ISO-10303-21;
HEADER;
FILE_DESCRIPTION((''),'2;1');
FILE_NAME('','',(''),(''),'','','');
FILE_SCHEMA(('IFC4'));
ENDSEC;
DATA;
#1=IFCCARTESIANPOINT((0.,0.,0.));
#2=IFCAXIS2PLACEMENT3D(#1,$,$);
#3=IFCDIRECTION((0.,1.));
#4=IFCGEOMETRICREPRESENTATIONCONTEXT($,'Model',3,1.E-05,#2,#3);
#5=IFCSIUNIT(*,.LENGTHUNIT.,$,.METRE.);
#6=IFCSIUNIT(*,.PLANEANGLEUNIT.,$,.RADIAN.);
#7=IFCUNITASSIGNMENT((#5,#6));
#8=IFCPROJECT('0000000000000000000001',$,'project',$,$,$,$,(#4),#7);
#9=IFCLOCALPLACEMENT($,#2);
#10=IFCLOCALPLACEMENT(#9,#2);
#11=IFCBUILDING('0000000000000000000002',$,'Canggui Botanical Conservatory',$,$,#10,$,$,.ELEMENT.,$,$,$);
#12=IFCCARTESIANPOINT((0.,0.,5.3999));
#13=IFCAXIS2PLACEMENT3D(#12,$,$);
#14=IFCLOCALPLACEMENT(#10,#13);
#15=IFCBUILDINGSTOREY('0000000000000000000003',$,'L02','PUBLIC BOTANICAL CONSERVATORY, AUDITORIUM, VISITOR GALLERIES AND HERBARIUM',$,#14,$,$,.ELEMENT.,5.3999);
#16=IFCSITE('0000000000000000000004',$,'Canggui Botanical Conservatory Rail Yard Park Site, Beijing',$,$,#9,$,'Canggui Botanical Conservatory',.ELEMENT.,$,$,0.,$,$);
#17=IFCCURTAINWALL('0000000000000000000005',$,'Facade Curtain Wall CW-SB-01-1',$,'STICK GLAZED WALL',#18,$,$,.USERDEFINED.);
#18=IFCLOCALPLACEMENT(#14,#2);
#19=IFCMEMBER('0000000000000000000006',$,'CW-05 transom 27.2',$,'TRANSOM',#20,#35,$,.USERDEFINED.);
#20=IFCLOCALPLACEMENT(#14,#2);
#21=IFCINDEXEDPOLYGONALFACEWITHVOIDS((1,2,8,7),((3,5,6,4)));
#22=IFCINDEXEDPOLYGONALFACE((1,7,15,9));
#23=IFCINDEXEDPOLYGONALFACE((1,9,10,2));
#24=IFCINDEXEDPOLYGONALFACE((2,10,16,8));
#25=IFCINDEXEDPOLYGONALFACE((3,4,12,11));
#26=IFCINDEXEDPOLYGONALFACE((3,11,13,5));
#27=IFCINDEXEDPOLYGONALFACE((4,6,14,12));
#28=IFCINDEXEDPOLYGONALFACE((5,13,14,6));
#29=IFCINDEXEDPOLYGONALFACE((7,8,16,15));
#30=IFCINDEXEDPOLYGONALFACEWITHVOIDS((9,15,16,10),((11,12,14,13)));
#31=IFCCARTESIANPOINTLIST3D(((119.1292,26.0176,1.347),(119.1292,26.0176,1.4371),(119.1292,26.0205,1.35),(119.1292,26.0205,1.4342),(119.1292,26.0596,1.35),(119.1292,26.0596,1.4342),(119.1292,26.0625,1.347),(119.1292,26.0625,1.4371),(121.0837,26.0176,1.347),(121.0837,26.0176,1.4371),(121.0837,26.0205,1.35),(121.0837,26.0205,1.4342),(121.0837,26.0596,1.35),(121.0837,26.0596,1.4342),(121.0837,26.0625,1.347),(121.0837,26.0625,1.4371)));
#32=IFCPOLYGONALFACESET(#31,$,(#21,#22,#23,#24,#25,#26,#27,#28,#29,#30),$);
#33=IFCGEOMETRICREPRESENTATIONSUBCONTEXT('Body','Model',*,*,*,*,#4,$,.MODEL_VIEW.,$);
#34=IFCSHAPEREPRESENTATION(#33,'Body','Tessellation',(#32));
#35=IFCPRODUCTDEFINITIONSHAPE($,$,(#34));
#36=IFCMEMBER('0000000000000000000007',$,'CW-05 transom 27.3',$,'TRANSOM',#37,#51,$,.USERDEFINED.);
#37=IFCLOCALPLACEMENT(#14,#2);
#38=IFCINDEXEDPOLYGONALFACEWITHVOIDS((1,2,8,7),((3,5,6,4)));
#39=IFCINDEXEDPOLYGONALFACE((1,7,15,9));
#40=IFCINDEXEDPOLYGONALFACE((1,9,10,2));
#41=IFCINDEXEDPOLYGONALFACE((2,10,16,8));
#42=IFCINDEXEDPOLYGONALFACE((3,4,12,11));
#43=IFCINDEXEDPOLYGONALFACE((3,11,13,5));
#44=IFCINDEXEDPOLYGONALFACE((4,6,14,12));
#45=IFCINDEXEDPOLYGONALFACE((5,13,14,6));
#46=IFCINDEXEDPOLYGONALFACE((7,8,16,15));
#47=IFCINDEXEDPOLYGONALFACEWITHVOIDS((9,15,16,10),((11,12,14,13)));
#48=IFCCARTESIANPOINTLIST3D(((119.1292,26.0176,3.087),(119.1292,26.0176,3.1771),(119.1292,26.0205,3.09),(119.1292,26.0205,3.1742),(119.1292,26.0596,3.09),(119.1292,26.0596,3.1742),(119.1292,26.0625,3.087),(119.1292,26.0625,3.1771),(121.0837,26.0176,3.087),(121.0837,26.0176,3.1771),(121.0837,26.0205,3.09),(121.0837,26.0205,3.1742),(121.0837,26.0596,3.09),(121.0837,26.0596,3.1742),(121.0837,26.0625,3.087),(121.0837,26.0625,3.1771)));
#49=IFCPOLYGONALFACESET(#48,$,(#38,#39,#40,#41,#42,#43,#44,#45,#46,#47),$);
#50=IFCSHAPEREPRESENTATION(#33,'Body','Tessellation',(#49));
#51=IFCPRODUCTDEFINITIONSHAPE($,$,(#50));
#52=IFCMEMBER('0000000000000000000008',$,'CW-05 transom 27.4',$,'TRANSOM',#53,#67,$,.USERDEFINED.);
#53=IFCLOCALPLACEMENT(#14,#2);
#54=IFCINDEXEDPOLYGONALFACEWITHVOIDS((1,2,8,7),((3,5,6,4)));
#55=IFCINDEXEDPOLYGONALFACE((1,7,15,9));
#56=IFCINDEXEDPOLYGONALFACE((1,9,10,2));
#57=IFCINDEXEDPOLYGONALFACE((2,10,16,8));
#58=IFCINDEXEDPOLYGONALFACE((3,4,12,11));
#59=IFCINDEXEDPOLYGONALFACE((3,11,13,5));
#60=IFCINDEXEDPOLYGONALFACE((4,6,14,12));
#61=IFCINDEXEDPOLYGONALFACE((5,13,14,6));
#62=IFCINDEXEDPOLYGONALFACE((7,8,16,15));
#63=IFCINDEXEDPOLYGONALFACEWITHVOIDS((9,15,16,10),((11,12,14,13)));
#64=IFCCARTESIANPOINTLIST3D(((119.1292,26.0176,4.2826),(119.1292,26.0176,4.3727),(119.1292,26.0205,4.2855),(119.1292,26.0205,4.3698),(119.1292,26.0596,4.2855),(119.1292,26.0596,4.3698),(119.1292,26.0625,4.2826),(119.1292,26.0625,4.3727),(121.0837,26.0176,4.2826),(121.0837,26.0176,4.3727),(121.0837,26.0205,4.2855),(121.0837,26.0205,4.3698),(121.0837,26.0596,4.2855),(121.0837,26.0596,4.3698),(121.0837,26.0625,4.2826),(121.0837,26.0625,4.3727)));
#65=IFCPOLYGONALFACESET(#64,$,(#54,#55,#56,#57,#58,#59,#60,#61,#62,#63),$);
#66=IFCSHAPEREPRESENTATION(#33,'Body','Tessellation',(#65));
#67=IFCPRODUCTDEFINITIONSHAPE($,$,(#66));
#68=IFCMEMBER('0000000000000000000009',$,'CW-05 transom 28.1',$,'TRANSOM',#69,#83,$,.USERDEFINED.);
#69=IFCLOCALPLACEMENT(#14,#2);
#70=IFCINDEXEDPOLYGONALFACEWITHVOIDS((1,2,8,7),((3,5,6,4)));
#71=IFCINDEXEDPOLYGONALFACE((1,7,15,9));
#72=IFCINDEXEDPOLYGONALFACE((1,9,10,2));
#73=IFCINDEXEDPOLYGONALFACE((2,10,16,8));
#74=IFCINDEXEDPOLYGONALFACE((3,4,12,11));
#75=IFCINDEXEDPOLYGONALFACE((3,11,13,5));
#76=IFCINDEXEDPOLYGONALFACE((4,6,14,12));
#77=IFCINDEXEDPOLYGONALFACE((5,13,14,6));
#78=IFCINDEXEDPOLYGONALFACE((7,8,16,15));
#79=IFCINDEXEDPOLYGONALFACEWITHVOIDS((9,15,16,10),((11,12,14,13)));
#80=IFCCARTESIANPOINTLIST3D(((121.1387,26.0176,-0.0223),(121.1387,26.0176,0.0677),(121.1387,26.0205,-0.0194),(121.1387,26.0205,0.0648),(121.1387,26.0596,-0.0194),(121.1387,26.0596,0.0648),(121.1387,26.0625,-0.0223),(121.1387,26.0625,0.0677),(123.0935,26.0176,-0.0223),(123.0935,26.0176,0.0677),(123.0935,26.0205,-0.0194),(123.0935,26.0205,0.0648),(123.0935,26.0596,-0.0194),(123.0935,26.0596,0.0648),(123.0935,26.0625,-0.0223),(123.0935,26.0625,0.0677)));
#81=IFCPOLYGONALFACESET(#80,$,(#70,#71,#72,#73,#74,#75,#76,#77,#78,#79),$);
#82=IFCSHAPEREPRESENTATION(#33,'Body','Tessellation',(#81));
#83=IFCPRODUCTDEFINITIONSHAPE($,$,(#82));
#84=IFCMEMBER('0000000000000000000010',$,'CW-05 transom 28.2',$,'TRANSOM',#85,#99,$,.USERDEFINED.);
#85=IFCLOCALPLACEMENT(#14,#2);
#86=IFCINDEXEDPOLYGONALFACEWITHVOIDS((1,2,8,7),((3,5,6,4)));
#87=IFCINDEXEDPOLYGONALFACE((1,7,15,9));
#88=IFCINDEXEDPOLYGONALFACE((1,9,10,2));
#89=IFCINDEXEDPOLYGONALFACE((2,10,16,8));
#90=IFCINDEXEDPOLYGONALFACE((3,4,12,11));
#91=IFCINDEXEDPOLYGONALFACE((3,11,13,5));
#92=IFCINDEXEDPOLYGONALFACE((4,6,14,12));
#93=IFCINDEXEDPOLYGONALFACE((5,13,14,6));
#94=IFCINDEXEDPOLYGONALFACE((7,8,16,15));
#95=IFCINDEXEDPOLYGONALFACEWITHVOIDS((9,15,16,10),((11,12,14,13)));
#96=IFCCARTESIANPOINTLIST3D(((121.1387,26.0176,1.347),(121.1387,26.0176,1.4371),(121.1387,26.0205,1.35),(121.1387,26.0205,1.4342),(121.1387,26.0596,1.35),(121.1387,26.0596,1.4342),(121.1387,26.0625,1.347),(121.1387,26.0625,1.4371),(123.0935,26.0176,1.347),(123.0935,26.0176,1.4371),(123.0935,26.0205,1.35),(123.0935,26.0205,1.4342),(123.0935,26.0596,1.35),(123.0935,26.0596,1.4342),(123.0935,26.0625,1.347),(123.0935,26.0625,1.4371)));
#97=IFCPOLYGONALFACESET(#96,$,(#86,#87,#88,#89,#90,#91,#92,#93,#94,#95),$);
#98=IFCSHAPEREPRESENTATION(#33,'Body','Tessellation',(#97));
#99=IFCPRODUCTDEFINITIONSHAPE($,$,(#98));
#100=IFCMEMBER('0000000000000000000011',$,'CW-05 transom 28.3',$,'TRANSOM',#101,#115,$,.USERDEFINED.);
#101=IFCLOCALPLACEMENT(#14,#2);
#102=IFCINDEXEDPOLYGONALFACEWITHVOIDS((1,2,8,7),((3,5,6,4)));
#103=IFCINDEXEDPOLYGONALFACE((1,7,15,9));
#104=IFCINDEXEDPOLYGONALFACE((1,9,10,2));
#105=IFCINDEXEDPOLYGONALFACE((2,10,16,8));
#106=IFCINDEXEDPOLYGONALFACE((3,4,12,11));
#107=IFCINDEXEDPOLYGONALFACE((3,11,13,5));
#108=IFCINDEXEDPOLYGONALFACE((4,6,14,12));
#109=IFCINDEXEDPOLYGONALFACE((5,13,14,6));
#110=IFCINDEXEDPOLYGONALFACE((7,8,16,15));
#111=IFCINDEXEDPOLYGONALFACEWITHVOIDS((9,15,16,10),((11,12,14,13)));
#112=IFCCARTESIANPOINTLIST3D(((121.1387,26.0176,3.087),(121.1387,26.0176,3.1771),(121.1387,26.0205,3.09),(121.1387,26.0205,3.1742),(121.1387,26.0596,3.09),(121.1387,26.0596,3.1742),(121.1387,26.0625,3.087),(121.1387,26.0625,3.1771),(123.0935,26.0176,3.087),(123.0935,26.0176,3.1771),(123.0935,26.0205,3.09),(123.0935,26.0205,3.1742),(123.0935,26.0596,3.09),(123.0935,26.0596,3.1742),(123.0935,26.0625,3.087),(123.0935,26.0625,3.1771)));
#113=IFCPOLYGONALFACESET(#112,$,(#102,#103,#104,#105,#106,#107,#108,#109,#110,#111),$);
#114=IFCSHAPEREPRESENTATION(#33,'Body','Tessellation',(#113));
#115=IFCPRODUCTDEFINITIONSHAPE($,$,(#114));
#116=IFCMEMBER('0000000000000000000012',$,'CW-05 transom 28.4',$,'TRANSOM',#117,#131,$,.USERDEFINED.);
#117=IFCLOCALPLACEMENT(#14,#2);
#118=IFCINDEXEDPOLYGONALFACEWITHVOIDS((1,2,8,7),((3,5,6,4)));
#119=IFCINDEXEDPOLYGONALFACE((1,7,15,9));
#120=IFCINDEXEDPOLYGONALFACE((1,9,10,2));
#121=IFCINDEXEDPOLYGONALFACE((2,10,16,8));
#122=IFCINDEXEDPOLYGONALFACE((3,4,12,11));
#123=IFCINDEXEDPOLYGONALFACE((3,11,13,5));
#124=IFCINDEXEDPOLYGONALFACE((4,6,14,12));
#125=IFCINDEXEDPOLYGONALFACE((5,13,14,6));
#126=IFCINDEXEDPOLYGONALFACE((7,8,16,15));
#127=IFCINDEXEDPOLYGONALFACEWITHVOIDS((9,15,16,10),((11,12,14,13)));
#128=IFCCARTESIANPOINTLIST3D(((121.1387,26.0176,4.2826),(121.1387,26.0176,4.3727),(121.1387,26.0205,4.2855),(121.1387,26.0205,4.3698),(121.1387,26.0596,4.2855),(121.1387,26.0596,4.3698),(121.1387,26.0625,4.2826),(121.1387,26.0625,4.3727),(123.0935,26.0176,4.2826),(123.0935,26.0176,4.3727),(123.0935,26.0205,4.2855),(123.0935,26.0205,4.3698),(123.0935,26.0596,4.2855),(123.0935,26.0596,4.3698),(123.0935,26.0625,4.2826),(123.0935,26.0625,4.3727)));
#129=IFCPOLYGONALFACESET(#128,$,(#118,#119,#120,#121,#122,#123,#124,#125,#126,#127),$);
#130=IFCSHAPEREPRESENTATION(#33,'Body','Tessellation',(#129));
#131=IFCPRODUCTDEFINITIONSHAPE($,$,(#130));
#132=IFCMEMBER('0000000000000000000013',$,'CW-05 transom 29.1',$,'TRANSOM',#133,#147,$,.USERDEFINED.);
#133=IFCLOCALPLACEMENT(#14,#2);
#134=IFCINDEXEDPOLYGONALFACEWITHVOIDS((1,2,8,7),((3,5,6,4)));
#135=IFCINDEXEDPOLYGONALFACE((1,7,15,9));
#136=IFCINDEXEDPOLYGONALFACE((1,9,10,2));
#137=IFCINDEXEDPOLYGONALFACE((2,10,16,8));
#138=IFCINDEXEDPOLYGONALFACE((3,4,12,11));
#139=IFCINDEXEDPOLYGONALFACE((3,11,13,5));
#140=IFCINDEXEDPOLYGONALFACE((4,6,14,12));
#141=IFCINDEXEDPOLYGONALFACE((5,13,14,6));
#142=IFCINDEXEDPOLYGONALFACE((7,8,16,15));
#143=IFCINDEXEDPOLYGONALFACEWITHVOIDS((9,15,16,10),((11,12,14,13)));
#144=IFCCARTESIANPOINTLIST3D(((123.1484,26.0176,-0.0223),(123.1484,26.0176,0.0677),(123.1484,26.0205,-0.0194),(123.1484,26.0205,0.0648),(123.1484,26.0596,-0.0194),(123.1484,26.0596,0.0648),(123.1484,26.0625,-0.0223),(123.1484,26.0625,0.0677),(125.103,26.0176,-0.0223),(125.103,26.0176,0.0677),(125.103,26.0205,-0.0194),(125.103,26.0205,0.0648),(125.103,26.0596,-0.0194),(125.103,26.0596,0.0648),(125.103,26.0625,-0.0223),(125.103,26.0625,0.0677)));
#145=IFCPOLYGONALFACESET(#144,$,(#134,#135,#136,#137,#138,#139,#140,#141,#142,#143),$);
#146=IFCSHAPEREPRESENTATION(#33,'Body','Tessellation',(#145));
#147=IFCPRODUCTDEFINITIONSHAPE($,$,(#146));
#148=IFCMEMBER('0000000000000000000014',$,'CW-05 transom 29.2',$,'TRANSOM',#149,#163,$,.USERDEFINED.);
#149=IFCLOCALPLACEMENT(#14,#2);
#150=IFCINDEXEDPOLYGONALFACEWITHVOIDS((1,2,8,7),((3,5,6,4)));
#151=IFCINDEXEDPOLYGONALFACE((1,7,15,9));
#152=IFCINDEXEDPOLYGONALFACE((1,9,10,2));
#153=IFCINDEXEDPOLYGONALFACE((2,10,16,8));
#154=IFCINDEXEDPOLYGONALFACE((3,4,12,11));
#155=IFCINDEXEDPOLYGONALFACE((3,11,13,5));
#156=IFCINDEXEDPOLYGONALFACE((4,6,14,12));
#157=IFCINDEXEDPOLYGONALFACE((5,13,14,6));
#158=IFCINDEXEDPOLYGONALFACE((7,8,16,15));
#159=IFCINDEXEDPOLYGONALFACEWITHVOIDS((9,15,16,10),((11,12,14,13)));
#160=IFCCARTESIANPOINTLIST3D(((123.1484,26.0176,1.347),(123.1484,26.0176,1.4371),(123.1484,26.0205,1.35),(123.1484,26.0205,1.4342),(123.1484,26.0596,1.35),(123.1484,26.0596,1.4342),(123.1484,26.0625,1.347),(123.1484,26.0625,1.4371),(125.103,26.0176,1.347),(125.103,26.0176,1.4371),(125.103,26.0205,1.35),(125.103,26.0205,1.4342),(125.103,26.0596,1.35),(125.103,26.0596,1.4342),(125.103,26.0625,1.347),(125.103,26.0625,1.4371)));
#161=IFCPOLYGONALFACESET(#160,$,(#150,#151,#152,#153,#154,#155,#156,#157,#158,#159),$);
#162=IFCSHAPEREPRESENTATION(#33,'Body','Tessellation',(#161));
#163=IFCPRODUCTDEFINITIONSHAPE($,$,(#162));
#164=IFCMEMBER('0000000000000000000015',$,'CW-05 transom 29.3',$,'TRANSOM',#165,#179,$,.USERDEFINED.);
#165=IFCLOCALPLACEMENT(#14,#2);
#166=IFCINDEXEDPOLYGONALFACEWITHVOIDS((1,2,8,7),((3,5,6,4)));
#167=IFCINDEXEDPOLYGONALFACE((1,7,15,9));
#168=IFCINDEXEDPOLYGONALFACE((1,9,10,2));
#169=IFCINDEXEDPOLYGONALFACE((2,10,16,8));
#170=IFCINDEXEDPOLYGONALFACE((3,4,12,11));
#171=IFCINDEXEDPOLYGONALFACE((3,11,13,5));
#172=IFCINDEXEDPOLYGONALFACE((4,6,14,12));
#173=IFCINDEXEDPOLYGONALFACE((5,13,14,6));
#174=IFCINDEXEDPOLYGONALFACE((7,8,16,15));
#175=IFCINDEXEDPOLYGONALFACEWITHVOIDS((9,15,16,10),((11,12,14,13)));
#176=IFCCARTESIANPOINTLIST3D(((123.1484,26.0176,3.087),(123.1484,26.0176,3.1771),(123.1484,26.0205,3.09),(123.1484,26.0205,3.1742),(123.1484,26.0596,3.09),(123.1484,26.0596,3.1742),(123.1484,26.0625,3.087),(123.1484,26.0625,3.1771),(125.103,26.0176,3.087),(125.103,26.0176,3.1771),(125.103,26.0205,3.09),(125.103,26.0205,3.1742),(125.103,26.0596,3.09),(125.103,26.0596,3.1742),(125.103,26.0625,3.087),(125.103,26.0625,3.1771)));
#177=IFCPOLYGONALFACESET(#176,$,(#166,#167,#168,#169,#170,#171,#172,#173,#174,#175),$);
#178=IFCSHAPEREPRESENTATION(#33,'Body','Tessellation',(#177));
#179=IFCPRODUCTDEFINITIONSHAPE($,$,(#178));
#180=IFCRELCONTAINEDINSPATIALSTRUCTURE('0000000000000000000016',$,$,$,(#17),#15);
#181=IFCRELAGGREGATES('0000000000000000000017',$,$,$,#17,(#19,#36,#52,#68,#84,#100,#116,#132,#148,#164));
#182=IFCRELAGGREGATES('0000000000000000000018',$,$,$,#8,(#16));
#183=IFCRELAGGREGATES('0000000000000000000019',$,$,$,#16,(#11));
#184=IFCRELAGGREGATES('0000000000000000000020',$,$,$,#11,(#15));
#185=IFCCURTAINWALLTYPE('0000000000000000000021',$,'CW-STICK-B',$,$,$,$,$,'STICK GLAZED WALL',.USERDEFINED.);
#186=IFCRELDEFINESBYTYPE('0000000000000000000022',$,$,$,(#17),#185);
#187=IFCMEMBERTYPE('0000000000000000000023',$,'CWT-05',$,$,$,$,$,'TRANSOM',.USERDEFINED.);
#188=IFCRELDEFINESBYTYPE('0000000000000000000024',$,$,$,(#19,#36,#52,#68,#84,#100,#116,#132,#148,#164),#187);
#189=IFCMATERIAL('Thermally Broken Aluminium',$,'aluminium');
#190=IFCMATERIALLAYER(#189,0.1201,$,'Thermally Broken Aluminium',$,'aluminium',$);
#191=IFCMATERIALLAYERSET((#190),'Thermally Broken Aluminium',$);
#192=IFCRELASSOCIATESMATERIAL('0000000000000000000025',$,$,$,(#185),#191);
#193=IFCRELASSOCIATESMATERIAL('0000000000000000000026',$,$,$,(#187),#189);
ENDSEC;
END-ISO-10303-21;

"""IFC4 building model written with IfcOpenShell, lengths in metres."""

from ifc_helpers import new_model, si_unit, direction, frame, origin, origin_2d, place, context, subcontext, project, spatial, hollow_rectangle, extrude, material, layer, layer_set, material_profile, profile_set, type_object, element, aggregate, save


model = new_model("IFC4")

# Units and contexts
model_context = context("Model", 3, precision=1e-05, world=origin(), true_north=direction((0.0, 1.0)))
body_context = subcontext(model_context, "Body", "Model", "MODEL_VIEW")
ifc_project = project(units=[si_unit("LENGTHUNIT", "METRE"), si_unit("PLANEANGLEUNIT", "RADIAN")], contexts=[model_context])

# Site, building, storey
site_placement = place(None, origin())
site = spatial("IfcSite", under=ifc_project, at=site_placement, Name="Canggui Botanical Conservatory Rail Yard Park Site, Beijing", LongName="Canggui Botanical Conservatory", CompositionType="ELEMENT", RefElevation=0.0)
building_placement = place(site_placement, origin())
building = spatial("IfcBuilding", under=site, at=building_placement, Name="Canggui Botanical Conservatory", CompositionType="ELEMENT")
storey_placement = place(building_placement, frame((0.0, 0.0, 5.3999)))
storey = spatial("IfcBuildingStorey", under=building, at=storey_placement, Name="L02", Description="PUBLIC BOTANICAL CONSERVATORY, AUDITORIUM, VISITOR GALLERIES AND HERBARIUM", CompositionType="ELEMENT", Elevation=5.3999)

# Curtain wall, members
ifc_material_1 = material(Name="Thermally Broken Aluminium", Category="aluminium")
ifc_layer_1 = layer(ifc_material_1, 0.1201, Name="Thermally Broken Aluminium", Category="aluminium")
ifc_layer_set_1 = layer_set([ifc_layer_1], Name="Thermally Broken Aluminium")
curtain_wall_type = type_object("IfcCurtainWallType", Name="CW-STICK-B", ElementType="STICK GLAZED WALL", PredefinedType="USERDEFINED", material=ifc_layer_set_1)
curtain_wall_placement = place(storey_placement, origin())
curtain_wall = element("IfcCurtainWall", 1, at=curtain_wall_placement, inside=storey, type_object=curtain_wall_type, Name="Facade Curtain Wall CW-SB-01-1", ObjectType="STICK GLAZED WALL", PredefinedType="USERDEFINED")
ifc_material_profile_1 = material_profile(ifc_material_1, hollow_rectangle(XDim=0.0449, YDim=0.0901, WallThickness=0.0029, at=origin_2d()), Name="CWT 45x90x3")
ifc_profile_set_1 = profile_set([ifc_material_profile_1], Name="Thermally Broken Aluminium")
member_type_1 = type_object("IfcMemberType", Name="CWT-05", ElementType="TRANSOM", PredefinedType="USERDEFINED", material=ifc_profile_set_1)
member_1_placement = place(storey_placement, frame((119.1292, 26.04, 1.3921), z_axis=(1.0, 0.0, 0.0), x_axis=(0.0, 1.0, 0.0)))
member_1 = element("IfcMember", 2, at=member_1_placement, type_object=member_type_1, Name="CW-05 transom 27.2", ObjectType="TRANSOM", PredefinedType="USERDEFINED", context=body_context, shape_type="SweptSolid", body=[
    extrude(hollow_rectangle(XDim=0.0449, YDim=0.0901, WallThickness=0.0029, at=origin_2d()), origin(), (0.0, 0.0, 1.0), 1.9546),
])
member_2_placement = place(storey_placement, frame((119.1292, 26.04, 3.1321), z_axis=(1.0, 0.0, 0.0), x_axis=(0.0, 1.0, 0.0)))
member_2 = element("IfcMember", 3, at=member_2_placement, type_object=member_type_1, Name="CW-05 transom 27.3", ObjectType="TRANSOM", PredefinedType="USERDEFINED", context=body_context, shape_type="SweptSolid", body=[
    extrude(hollow_rectangle(XDim=0.0449, YDim=0.0901, WallThickness=0.0029, at=origin_2d()), origin(), (0.0, 0.0, 1.0), 1.9546),
])
member_3_placement = place(storey_placement, frame((119.1292, 26.04, 4.3276), z_axis=(1.0, 0.0, 0.0), x_axis=(0.0, 1.0, 0.0)))
member_3 = element("IfcMember", 4, at=member_3_placement, type_object=member_type_1, Name="CW-05 transom 27.4", ObjectType="TRANSOM", PredefinedType="USERDEFINED", context=body_context, shape_type="SweptSolid", body=[
    extrude(hollow_rectangle(XDim=0.0449, YDim=0.0901, WallThickness=0.0029, at=origin_2d()), origin(), (0.0, 0.0, 1.0), 1.9546),
])
member_4_placement = place(storey_placement, frame((121.1387, 26.04, 0.0227), z_axis=(1.0, 0.0, 0.0), x_axis=(0.0, 1.0, 0.0)))
member_4 = element("IfcMember", 5, at=member_4_placement, type_object=member_type_1, Name="CW-05 transom 28.1", ObjectType="TRANSOM", PredefinedType="USERDEFINED", context=body_context, shape_type="SweptSolid", body=[
    extrude(hollow_rectangle(XDim=0.0449, YDim=0.0901, WallThickness=0.0029, at=origin_2d()), origin(), (0.0, 0.0, 1.0), 1.9548),
])
member_5_placement = place(storey_placement, frame((121.1387, 26.04, 1.3921), z_axis=(1.0, 0.0, 0.0), x_axis=(0.0, 1.0, 0.0)))
member_5 = element("IfcMember", 6, at=member_5_placement, type_object=member_type_1, Name="CW-05 transom 28.2", ObjectType="TRANSOM", PredefinedType="USERDEFINED", context=body_context, shape_type="SweptSolid", body=[
    extrude(hollow_rectangle(XDim=0.0449, YDim=0.0901, WallThickness=0.0029, at=origin_2d()), origin(), (0.0, 0.0, 1.0), 1.9548),
])
member_6_placement = place(storey_placement, frame((121.1387, 26.04, 3.1321), z_axis=(1.0, 0.0, 0.0), x_axis=(0.0, 1.0, 0.0)))
member_6 = element("IfcMember", 7, at=member_6_placement, type_object=member_type_1, Name="CW-05 transom 28.3", ObjectType="TRANSOM", PredefinedType="USERDEFINED", context=body_context, shape_type="SweptSolid", body=[
    extrude(hollow_rectangle(XDim=0.0449, YDim=0.0901, WallThickness=0.0029, at=origin_2d()), origin(), (0.0, 0.0, 1.0), 1.9548),
])
member_7_placement = place(storey_placement, frame((121.1387, 26.04, 4.3276), z_axis=(1.0, 0.0, 0.0), x_axis=(0.0, 1.0, 0.0)))
member_7 = element("IfcMember", 8, at=member_7_placement, type_object=member_type_1, Name="CW-05 transom 28.4", ObjectType="TRANSOM", PredefinedType="USERDEFINED", context=body_context, shape_type="SweptSolid", body=[
    extrude(hollow_rectangle(XDim=0.0449, YDim=0.0901, WallThickness=0.0029, at=origin_2d()), origin(), (0.0, 0.0, 1.0), 1.9548),
])
member_8_placement = place(storey_placement, frame((123.1484, 26.04, 0.0227), z_axis=(1.0, 0.0, 0.0), x_axis=(0.0, 1.0, 0.0)))
member_8 = element("IfcMember", 9, at=member_8_placement, type_object=member_type_1, Name="CW-05 transom 29.1", ObjectType="TRANSOM", PredefinedType="USERDEFINED", context=body_context, shape_type="SweptSolid", body=[
    extrude(hollow_rectangle(XDim=0.0449, YDim=0.0901, WallThickness=0.0029, at=origin_2d()), origin(), (0.0, 0.0, 1.0), 1.9546),
])
member_9_placement = place(storey_placement, frame((123.1484, 26.04, 1.3921), z_axis=(1.0, 0.0, 0.0), x_axis=(0.0, 1.0, 0.0)))
member_9 = element("IfcMember", 10, at=member_9_placement, type_object=member_type_1, Name="CW-05 transom 29.2", ObjectType="TRANSOM", PredefinedType="USERDEFINED", context=body_context, shape_type="SweptSolid", body=[
    extrude(hollow_rectangle(XDim=0.0449, YDim=0.0901, WallThickness=0.0029, at=origin_2d()), origin(), (0.0, 0.0, 1.0), 1.9546),
])
member_10_placement = place(storey_placement, frame((123.1484, 26.04, 3.1321), z_axis=(1.0, 0.0, 0.0), x_axis=(0.0, 1.0, 0.0)))
member_10 = element("IfcMember", 11, at=member_10_placement, type_object=member_type_1, Name="CW-05 transom 29.3", ObjectType="TRANSOM", PredefinedType="USERDEFINED", context=body_context, shape_type="SweptSolid", body=[
    extrude(hollow_rectangle(XDim=0.0449, YDim=0.0901, WallThickness=0.0029, at=origin_2d()), origin(), (0.0, 0.0, 1.0), 1.9546),
])

aggregate(curtain_wall, [member_1, member_2, member_3, member_4, member_5, member_6, member_7, member_8, member_9, member_10])

save(model, "model.ifc")
